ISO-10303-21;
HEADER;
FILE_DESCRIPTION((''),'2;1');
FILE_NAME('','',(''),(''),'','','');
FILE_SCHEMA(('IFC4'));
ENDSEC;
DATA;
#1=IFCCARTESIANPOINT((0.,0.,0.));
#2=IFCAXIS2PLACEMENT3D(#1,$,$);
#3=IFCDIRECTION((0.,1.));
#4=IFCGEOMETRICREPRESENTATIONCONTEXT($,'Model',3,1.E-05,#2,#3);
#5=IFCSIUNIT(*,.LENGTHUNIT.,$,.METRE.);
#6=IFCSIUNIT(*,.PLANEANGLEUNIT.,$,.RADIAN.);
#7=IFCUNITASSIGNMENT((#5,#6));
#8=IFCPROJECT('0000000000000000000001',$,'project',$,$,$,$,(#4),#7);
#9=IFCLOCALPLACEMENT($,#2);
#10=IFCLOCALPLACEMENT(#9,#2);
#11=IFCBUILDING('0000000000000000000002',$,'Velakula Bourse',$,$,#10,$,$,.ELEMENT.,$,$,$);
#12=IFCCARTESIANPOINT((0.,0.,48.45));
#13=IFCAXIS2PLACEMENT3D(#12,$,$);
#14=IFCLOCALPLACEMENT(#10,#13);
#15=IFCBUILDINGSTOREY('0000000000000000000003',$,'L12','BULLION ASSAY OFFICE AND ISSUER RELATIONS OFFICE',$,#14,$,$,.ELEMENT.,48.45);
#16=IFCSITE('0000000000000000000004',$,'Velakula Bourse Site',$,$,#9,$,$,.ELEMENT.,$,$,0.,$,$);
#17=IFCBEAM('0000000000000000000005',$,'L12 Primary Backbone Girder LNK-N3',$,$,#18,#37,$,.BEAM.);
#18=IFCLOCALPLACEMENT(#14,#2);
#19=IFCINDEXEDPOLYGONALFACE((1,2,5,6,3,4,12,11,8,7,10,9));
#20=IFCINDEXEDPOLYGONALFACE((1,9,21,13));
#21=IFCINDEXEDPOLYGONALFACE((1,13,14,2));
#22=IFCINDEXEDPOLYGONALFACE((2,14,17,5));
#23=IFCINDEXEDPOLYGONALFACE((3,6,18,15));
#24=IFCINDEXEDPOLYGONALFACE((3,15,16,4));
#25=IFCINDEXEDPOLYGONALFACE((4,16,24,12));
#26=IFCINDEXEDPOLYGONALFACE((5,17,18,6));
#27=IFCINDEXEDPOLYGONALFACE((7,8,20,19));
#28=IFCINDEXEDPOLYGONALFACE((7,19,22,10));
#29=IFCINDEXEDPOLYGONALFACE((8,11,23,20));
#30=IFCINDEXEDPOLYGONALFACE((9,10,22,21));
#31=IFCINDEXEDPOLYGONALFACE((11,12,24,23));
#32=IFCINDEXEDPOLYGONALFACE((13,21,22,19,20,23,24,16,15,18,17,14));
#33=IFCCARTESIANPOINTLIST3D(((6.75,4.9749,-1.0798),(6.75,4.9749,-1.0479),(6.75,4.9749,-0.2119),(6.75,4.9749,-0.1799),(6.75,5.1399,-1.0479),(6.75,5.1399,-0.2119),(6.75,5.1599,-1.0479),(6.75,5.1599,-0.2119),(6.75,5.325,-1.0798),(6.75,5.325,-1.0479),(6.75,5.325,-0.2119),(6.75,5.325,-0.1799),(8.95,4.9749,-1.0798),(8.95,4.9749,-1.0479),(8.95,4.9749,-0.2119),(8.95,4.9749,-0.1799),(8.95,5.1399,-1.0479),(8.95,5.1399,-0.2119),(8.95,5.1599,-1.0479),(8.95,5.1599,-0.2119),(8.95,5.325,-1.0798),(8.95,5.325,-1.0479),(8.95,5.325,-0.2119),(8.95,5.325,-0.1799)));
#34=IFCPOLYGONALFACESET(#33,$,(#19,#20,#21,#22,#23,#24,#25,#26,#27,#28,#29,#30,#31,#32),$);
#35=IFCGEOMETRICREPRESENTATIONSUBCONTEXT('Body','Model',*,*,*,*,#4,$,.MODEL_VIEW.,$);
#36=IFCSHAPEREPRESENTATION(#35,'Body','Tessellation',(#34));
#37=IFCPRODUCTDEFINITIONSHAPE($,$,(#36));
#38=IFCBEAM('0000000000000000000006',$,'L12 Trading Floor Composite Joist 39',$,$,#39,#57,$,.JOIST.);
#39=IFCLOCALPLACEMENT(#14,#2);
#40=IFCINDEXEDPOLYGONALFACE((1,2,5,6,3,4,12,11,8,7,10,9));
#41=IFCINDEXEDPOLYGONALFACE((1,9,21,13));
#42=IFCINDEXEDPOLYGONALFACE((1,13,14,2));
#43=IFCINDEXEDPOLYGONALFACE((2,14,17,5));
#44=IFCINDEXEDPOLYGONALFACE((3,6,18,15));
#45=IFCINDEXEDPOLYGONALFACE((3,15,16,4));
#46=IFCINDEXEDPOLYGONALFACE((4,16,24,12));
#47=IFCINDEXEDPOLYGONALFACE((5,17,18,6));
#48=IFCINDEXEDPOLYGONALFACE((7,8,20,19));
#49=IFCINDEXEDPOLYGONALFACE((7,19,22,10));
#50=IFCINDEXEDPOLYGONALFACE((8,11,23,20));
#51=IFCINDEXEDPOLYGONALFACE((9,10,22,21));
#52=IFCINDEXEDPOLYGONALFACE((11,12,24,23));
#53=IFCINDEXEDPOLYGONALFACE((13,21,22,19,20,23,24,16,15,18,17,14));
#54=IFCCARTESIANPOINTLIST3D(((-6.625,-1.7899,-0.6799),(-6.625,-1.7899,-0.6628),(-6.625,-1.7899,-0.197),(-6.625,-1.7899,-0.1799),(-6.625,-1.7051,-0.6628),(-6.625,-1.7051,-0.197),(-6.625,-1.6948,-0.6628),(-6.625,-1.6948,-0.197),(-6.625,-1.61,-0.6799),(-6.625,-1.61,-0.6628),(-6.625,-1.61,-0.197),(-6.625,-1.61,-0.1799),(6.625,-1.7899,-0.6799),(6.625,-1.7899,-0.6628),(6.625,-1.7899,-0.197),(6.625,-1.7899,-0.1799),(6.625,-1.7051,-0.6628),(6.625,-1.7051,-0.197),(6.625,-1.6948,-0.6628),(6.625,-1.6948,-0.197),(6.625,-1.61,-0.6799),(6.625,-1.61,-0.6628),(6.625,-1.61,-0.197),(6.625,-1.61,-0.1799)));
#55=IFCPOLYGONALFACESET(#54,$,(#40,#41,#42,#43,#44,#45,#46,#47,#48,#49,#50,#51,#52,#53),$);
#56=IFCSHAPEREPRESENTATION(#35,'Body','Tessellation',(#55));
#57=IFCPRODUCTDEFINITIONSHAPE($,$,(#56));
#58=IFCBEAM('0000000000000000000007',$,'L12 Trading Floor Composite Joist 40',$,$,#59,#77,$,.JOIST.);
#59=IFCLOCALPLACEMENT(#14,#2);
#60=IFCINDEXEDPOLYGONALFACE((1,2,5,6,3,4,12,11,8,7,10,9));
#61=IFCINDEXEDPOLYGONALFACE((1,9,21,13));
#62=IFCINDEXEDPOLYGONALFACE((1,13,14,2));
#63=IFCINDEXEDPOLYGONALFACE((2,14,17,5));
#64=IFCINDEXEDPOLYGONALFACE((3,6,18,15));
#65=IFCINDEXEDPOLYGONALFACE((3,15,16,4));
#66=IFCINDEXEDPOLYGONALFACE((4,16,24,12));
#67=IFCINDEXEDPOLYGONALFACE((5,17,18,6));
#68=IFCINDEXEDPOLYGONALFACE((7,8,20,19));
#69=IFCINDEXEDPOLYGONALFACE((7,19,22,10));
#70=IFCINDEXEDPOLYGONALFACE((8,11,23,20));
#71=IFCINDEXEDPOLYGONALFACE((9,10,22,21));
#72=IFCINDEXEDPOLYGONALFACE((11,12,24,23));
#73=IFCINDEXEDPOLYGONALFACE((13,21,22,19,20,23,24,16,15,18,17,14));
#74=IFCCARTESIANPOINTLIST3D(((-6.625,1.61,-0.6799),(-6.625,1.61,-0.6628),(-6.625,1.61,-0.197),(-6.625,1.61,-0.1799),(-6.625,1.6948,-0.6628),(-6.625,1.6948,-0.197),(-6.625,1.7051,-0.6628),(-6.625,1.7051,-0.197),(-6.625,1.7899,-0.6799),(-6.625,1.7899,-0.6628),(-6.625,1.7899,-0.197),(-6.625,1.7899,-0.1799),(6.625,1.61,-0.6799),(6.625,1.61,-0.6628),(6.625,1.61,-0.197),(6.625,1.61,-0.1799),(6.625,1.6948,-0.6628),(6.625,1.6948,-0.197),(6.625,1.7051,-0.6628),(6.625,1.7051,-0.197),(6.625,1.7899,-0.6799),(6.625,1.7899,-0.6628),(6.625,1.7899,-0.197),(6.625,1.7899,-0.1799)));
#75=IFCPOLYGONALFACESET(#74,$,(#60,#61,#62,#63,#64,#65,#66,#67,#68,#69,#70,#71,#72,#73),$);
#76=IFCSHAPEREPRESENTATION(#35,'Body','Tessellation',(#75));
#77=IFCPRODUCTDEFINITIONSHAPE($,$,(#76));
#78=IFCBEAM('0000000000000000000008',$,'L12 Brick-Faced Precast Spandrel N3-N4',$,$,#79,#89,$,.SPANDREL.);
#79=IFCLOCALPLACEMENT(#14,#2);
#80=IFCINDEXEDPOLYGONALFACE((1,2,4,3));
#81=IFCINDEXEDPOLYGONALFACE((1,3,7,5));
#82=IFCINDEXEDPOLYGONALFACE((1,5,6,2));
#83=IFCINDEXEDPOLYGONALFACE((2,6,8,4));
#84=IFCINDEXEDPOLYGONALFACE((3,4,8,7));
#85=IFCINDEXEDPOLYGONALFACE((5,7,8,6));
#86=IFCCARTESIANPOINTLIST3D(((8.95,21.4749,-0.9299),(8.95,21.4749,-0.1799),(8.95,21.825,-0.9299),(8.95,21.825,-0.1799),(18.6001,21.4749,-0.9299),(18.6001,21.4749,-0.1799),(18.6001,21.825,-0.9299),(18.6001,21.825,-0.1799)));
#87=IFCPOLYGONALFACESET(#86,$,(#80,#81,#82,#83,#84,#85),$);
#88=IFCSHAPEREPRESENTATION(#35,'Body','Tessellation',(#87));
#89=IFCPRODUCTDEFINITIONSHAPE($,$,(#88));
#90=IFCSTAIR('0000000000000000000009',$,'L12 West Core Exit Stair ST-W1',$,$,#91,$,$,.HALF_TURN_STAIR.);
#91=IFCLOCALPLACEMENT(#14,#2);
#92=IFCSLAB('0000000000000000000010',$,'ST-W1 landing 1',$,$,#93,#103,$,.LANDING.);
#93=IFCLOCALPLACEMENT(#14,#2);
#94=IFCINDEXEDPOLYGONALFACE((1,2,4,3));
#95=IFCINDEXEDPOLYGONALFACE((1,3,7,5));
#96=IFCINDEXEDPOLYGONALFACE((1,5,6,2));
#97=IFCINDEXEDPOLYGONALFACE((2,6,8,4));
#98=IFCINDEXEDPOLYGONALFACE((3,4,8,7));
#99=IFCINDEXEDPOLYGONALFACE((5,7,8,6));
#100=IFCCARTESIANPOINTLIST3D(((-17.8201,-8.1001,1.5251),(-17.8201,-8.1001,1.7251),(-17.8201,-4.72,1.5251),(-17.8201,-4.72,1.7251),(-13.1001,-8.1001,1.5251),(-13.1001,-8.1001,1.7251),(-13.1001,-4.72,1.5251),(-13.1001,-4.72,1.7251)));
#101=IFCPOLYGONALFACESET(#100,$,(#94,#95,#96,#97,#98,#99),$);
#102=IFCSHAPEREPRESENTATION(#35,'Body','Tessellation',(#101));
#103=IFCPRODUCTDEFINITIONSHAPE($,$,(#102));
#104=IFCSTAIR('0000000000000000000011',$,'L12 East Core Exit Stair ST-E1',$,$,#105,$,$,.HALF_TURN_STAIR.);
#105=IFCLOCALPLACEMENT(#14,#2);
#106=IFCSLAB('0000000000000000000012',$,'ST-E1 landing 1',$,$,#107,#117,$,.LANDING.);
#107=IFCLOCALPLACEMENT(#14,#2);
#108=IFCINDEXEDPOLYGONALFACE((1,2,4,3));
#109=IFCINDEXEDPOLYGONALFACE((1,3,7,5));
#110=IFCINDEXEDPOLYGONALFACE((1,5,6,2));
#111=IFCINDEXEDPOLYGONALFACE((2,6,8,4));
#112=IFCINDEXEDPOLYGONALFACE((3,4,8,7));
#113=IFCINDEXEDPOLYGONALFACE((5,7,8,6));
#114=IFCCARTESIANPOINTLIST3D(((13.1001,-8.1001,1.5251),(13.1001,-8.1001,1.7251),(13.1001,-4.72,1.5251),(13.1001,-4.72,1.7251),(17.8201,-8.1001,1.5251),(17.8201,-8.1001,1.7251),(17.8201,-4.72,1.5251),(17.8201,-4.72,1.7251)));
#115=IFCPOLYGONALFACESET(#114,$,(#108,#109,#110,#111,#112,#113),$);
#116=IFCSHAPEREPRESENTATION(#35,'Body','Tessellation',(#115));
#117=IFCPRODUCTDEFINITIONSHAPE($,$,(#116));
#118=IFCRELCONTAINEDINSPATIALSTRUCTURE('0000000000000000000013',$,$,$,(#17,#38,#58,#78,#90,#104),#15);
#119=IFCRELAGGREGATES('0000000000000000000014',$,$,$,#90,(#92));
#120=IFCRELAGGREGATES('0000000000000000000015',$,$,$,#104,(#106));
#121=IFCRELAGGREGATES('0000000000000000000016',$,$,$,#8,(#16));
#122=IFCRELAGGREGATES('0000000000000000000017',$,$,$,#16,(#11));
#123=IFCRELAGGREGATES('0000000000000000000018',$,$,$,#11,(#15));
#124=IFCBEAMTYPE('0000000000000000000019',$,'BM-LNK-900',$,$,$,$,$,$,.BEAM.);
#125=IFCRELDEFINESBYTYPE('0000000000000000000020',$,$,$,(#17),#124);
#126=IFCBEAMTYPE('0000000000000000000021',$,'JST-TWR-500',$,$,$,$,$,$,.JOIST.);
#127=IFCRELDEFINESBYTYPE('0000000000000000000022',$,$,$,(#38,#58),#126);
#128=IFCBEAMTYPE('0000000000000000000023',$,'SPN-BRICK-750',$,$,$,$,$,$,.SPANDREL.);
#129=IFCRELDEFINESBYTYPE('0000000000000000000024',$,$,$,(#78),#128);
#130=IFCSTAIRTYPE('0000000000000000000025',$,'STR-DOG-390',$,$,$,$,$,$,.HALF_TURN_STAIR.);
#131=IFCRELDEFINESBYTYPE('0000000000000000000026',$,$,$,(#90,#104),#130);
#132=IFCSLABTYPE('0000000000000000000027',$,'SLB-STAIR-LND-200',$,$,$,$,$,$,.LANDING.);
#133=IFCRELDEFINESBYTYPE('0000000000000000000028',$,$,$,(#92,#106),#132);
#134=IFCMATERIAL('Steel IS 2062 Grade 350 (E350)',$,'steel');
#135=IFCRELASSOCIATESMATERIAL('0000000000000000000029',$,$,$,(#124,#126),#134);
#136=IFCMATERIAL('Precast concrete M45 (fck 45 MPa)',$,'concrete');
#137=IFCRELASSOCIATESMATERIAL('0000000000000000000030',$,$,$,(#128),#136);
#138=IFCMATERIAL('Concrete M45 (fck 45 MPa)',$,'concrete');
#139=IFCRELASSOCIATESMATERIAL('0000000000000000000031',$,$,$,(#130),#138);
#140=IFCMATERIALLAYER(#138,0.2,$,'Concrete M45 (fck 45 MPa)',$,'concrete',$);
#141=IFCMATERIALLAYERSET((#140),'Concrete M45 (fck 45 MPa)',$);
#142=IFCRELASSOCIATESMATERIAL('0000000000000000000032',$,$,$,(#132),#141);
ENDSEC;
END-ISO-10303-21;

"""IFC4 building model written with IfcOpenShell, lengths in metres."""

from ifc_helpers import new_model, si_unit, direction, frame, origin, origin_2d, place, context, subcontext, project, spatial, polyline, rectangle, i_section, outline, extrude, material, layer, layer_set, material_profile, profile_set, type_object, element, aggregate, save


model = new_model("IFC4")

# Units and contexts
model_context = context("Model", 3, precision=1e-05, world=origin(), true_north=direction((0.0, 1.0)))
body_context = subcontext(model_context, "Body", "Model", "MODEL_VIEW")
ifc_project = project(units=[si_unit("LENGTHUNIT", "METRE"), si_unit("PLANEANGLEUNIT", "RADIAN")], contexts=[model_context])

# Site, building, storey
site_placement = place(None, origin())
site = spatial("IfcSite", under=ifc_project, at=site_placement, Name="Velakula Bourse Site", CompositionType="ELEMENT", RefElevation=0.0)
building_placement = place(site_placement, origin())
building = spatial("IfcBuilding", under=site, at=building_placement, Name="Velakula Bourse", CompositionType="ELEMENT")
storey_placement = place(building_placement, frame((0.0, 0.0, 48.45)))
storey = spatial("IfcBuildingStorey", under=building, at=storey_placement, Name="L12", Description="BULLION ASSAY OFFICE AND ISSUER RELATIONS OFFICE", CompositionType="ELEMENT", Elevation=48.45)

# Beams
ifc_material_1 = material(Name="Steel IS 2062 Grade 350 (E350)", Category="steel")
ifc_material_profile_1 = material_profile(ifc_material_1, i_section(OverallWidth=0.3501, OverallDepth=0.8999, WebThickness=0.02, FlangeThickness=0.032, at=origin_2d()), Name="Steel IS 2062 Grade 350 (E350)")
ifc_profile_set_1 = profile_set([ifc_material_profile_1], Name="Steel IS 2062 Grade 350 (E350)")
beam_type_1 = type_object("IfcBeamType", Name="BM-LNK-900", PredefinedType="BEAM", material=ifc_profile_set_1)
beam_1_placement = place(storey_placement, frame((6.75, 5.1499, -0.6299), z_axis=(1.0, 0.0, 0.0), x_axis=(0.0, 1.0, 0.0)))
element("IfcBeam", 1, at=beam_1_placement, inside=storey, type_object=beam_type_1, Name="L12 Primary Backbone Girder LNK-N3", PredefinedType="BEAM", context=body_context, shape_type="SweptSolid", body=[
    extrude(i_section(OverallWidth=0.3501, OverallDepth=0.8999, WebThickness=0.02, FlangeThickness=0.032, at=origin_2d()), origin(), (0.0, 0.0, 1.0), 2.2),
])
ifc_material_profile_2 = material_profile(ifc_material_1, i_section(OverallWidth=0.1799, OverallDepth=0.5, WebThickness=0.0103, FlangeThickness=0.0171, at=origin_2d()), Name="Steel IS 2062 Grade 350 (E350)")
ifc_profile_set_2 = profile_set([ifc_material_profile_2], Name="Steel IS 2062 Grade 350 (E350)")
beam_type_2 = type_object("IfcBeamType", Name="JST-TWR-500", PredefinedType="JOIST", material=ifc_profile_set_2)
for number, where, z_axis, x_axis, name in (
    (2, (-6.625, -1.7, -0.4299), (1.0, 0.0, 0.0), (0.0, 1.0, 0.0), "L12 Trading Floor Composite Joist 39"),
    (3, (-6.625, 1.7, -0.4299), (1.0, 0.0, 0.0), (0.0, 1.0, 0.0), "L12 Trading Floor Composite Joist 40"),
):
    element("IfcBeam", number, at=place(storey_placement, frame(where, z_axis=z_axis, x_axis=x_axis)), inside=storey, type_object=beam_type_2, Name=name, PredefinedType="JOIST", context=body_context, shape_type="SweptSolid", body=[
        extrude(i_section(OverallWidth=0.1799, OverallDepth=0.5, WebThickness=0.0103, FlangeThickness=0.0171, at=origin_2d()), origin(), (0.0, 0.0, 1.0), 13.25),
    ])
ifc_material_2 = material(Name="Precast concrete M45 (fck 45 MPa)", Category="concrete")
ifc_material_profile_3 = material_profile(ifc_material_2, rectangle(XDim=0.3501, YDim=0.75, at=origin_2d()), Name="Precast concrete M45 (fck 45 MPa)")
ifc_profile_set_3 = profile_set([ifc_material_profile_3], Name="Precast concrete M45 (fck 45 MPa)")
beam_type_3 = type_object("IfcBeamType", Name="SPN-BRICK-750", PredefinedType="SPANDREL", material=ifc_profile_set_3)
beam_2_placement = place(storey_placement, frame((8.95, 21.6499, -0.5549), z_axis=(1.0, 0.0, 0.0), x_axis=(0.0, 1.0, 0.0)))
element("IfcBeam", 4, at=beam_2_placement, inside=storey, type_object=beam_type_3, Name="L12 Brick-Faced Precast Spandrel N3-N4", PredefinedType="SPANDREL", context=body_context, shape_type="SweptSolid", body=[
    extrude(rectangle(XDim=0.3501, YDim=0.75, at=origin_2d()), origin(), (0.0, 0.0, 1.0), 9.6501),
])

# Stairs, slabs
ifc_material_3 = material(Name="Concrete M45 (fck 45 MPa)", Category="concrete")
stair_type = type_object("IfcStairType", Name="STR-DOG-390", PredefinedType="HALF_TURN_STAIR", material=ifc_material_3)
stair_1_placement = place(storey_placement, origin())
stair_1 = element("IfcStair", 5, at=stair_1_placement, inside=storey, type_object=stair_type, Name="L12 West Core Exit Stair ST-W1", PredefinedType="HALF_TURN_STAIR")
ifc_layer_1 = layer(ifc_material_3, 0.2, Name="Concrete M45 (fck 45 MPa)", Category="concrete")
ifc_layer_set_1 = layer_set([ifc_layer_1], Name="Concrete M45 (fck 45 MPa)")
slab_type_1 = type_object("IfcSlabType", Name="SLB-STAIR-LND-200", PredefinedType="LANDING", material=ifc_layer_set_1)
slab_1_placement = place(storey_placement, frame((0.0, 0.0, 1.5251)))
slab_1 = element("IfcSlab", 6, at=slab_1_placement, type_object=slab_type_1, Name="ST-W1 landing 1", PredefinedType="LANDING", context=body_context, shape_type="SweptSolid", body=[
    extrude(outline(polyline([(-17.8201, -4.72), (-17.8201, -8.1001), (-13.1001, -8.1001), (-13.1001, -4.72), (-17.8201, -4.72)])), origin(), (0.0, 0.0, 1.0), 0.2),
])
aggregate(stair_1, [slab_1])
stair_2_placement = place(storey_placement, origin())
stair_2 = element("IfcStair", 7, at=stair_2_placement, inside=storey, type_object=stair_type, Name="L12 East Core Exit Stair ST-E1", PredefinedType="HALF_TURN_STAIR")
slab_2_placement = place(storey_placement, frame((0.0, 0.0, 1.5251)))
slab_2 = element("IfcSlab", 8, at=slab_2_placement, type_object=slab_type_1, Name="ST-E1 landing 1", PredefinedType="LANDING", context=body_context, shape_type="SweptSolid", body=[
    extrude(outline(polyline([(13.1001, -4.72), (13.1001, -8.1001), (17.8201, -8.1001), (17.8201, -4.72), (13.1001, -4.72)])), origin(), (0.0, 0.0, 1.0), 0.2),
])
aggregate(stair_2, [slab_2])

save(model, "model.ifc")
